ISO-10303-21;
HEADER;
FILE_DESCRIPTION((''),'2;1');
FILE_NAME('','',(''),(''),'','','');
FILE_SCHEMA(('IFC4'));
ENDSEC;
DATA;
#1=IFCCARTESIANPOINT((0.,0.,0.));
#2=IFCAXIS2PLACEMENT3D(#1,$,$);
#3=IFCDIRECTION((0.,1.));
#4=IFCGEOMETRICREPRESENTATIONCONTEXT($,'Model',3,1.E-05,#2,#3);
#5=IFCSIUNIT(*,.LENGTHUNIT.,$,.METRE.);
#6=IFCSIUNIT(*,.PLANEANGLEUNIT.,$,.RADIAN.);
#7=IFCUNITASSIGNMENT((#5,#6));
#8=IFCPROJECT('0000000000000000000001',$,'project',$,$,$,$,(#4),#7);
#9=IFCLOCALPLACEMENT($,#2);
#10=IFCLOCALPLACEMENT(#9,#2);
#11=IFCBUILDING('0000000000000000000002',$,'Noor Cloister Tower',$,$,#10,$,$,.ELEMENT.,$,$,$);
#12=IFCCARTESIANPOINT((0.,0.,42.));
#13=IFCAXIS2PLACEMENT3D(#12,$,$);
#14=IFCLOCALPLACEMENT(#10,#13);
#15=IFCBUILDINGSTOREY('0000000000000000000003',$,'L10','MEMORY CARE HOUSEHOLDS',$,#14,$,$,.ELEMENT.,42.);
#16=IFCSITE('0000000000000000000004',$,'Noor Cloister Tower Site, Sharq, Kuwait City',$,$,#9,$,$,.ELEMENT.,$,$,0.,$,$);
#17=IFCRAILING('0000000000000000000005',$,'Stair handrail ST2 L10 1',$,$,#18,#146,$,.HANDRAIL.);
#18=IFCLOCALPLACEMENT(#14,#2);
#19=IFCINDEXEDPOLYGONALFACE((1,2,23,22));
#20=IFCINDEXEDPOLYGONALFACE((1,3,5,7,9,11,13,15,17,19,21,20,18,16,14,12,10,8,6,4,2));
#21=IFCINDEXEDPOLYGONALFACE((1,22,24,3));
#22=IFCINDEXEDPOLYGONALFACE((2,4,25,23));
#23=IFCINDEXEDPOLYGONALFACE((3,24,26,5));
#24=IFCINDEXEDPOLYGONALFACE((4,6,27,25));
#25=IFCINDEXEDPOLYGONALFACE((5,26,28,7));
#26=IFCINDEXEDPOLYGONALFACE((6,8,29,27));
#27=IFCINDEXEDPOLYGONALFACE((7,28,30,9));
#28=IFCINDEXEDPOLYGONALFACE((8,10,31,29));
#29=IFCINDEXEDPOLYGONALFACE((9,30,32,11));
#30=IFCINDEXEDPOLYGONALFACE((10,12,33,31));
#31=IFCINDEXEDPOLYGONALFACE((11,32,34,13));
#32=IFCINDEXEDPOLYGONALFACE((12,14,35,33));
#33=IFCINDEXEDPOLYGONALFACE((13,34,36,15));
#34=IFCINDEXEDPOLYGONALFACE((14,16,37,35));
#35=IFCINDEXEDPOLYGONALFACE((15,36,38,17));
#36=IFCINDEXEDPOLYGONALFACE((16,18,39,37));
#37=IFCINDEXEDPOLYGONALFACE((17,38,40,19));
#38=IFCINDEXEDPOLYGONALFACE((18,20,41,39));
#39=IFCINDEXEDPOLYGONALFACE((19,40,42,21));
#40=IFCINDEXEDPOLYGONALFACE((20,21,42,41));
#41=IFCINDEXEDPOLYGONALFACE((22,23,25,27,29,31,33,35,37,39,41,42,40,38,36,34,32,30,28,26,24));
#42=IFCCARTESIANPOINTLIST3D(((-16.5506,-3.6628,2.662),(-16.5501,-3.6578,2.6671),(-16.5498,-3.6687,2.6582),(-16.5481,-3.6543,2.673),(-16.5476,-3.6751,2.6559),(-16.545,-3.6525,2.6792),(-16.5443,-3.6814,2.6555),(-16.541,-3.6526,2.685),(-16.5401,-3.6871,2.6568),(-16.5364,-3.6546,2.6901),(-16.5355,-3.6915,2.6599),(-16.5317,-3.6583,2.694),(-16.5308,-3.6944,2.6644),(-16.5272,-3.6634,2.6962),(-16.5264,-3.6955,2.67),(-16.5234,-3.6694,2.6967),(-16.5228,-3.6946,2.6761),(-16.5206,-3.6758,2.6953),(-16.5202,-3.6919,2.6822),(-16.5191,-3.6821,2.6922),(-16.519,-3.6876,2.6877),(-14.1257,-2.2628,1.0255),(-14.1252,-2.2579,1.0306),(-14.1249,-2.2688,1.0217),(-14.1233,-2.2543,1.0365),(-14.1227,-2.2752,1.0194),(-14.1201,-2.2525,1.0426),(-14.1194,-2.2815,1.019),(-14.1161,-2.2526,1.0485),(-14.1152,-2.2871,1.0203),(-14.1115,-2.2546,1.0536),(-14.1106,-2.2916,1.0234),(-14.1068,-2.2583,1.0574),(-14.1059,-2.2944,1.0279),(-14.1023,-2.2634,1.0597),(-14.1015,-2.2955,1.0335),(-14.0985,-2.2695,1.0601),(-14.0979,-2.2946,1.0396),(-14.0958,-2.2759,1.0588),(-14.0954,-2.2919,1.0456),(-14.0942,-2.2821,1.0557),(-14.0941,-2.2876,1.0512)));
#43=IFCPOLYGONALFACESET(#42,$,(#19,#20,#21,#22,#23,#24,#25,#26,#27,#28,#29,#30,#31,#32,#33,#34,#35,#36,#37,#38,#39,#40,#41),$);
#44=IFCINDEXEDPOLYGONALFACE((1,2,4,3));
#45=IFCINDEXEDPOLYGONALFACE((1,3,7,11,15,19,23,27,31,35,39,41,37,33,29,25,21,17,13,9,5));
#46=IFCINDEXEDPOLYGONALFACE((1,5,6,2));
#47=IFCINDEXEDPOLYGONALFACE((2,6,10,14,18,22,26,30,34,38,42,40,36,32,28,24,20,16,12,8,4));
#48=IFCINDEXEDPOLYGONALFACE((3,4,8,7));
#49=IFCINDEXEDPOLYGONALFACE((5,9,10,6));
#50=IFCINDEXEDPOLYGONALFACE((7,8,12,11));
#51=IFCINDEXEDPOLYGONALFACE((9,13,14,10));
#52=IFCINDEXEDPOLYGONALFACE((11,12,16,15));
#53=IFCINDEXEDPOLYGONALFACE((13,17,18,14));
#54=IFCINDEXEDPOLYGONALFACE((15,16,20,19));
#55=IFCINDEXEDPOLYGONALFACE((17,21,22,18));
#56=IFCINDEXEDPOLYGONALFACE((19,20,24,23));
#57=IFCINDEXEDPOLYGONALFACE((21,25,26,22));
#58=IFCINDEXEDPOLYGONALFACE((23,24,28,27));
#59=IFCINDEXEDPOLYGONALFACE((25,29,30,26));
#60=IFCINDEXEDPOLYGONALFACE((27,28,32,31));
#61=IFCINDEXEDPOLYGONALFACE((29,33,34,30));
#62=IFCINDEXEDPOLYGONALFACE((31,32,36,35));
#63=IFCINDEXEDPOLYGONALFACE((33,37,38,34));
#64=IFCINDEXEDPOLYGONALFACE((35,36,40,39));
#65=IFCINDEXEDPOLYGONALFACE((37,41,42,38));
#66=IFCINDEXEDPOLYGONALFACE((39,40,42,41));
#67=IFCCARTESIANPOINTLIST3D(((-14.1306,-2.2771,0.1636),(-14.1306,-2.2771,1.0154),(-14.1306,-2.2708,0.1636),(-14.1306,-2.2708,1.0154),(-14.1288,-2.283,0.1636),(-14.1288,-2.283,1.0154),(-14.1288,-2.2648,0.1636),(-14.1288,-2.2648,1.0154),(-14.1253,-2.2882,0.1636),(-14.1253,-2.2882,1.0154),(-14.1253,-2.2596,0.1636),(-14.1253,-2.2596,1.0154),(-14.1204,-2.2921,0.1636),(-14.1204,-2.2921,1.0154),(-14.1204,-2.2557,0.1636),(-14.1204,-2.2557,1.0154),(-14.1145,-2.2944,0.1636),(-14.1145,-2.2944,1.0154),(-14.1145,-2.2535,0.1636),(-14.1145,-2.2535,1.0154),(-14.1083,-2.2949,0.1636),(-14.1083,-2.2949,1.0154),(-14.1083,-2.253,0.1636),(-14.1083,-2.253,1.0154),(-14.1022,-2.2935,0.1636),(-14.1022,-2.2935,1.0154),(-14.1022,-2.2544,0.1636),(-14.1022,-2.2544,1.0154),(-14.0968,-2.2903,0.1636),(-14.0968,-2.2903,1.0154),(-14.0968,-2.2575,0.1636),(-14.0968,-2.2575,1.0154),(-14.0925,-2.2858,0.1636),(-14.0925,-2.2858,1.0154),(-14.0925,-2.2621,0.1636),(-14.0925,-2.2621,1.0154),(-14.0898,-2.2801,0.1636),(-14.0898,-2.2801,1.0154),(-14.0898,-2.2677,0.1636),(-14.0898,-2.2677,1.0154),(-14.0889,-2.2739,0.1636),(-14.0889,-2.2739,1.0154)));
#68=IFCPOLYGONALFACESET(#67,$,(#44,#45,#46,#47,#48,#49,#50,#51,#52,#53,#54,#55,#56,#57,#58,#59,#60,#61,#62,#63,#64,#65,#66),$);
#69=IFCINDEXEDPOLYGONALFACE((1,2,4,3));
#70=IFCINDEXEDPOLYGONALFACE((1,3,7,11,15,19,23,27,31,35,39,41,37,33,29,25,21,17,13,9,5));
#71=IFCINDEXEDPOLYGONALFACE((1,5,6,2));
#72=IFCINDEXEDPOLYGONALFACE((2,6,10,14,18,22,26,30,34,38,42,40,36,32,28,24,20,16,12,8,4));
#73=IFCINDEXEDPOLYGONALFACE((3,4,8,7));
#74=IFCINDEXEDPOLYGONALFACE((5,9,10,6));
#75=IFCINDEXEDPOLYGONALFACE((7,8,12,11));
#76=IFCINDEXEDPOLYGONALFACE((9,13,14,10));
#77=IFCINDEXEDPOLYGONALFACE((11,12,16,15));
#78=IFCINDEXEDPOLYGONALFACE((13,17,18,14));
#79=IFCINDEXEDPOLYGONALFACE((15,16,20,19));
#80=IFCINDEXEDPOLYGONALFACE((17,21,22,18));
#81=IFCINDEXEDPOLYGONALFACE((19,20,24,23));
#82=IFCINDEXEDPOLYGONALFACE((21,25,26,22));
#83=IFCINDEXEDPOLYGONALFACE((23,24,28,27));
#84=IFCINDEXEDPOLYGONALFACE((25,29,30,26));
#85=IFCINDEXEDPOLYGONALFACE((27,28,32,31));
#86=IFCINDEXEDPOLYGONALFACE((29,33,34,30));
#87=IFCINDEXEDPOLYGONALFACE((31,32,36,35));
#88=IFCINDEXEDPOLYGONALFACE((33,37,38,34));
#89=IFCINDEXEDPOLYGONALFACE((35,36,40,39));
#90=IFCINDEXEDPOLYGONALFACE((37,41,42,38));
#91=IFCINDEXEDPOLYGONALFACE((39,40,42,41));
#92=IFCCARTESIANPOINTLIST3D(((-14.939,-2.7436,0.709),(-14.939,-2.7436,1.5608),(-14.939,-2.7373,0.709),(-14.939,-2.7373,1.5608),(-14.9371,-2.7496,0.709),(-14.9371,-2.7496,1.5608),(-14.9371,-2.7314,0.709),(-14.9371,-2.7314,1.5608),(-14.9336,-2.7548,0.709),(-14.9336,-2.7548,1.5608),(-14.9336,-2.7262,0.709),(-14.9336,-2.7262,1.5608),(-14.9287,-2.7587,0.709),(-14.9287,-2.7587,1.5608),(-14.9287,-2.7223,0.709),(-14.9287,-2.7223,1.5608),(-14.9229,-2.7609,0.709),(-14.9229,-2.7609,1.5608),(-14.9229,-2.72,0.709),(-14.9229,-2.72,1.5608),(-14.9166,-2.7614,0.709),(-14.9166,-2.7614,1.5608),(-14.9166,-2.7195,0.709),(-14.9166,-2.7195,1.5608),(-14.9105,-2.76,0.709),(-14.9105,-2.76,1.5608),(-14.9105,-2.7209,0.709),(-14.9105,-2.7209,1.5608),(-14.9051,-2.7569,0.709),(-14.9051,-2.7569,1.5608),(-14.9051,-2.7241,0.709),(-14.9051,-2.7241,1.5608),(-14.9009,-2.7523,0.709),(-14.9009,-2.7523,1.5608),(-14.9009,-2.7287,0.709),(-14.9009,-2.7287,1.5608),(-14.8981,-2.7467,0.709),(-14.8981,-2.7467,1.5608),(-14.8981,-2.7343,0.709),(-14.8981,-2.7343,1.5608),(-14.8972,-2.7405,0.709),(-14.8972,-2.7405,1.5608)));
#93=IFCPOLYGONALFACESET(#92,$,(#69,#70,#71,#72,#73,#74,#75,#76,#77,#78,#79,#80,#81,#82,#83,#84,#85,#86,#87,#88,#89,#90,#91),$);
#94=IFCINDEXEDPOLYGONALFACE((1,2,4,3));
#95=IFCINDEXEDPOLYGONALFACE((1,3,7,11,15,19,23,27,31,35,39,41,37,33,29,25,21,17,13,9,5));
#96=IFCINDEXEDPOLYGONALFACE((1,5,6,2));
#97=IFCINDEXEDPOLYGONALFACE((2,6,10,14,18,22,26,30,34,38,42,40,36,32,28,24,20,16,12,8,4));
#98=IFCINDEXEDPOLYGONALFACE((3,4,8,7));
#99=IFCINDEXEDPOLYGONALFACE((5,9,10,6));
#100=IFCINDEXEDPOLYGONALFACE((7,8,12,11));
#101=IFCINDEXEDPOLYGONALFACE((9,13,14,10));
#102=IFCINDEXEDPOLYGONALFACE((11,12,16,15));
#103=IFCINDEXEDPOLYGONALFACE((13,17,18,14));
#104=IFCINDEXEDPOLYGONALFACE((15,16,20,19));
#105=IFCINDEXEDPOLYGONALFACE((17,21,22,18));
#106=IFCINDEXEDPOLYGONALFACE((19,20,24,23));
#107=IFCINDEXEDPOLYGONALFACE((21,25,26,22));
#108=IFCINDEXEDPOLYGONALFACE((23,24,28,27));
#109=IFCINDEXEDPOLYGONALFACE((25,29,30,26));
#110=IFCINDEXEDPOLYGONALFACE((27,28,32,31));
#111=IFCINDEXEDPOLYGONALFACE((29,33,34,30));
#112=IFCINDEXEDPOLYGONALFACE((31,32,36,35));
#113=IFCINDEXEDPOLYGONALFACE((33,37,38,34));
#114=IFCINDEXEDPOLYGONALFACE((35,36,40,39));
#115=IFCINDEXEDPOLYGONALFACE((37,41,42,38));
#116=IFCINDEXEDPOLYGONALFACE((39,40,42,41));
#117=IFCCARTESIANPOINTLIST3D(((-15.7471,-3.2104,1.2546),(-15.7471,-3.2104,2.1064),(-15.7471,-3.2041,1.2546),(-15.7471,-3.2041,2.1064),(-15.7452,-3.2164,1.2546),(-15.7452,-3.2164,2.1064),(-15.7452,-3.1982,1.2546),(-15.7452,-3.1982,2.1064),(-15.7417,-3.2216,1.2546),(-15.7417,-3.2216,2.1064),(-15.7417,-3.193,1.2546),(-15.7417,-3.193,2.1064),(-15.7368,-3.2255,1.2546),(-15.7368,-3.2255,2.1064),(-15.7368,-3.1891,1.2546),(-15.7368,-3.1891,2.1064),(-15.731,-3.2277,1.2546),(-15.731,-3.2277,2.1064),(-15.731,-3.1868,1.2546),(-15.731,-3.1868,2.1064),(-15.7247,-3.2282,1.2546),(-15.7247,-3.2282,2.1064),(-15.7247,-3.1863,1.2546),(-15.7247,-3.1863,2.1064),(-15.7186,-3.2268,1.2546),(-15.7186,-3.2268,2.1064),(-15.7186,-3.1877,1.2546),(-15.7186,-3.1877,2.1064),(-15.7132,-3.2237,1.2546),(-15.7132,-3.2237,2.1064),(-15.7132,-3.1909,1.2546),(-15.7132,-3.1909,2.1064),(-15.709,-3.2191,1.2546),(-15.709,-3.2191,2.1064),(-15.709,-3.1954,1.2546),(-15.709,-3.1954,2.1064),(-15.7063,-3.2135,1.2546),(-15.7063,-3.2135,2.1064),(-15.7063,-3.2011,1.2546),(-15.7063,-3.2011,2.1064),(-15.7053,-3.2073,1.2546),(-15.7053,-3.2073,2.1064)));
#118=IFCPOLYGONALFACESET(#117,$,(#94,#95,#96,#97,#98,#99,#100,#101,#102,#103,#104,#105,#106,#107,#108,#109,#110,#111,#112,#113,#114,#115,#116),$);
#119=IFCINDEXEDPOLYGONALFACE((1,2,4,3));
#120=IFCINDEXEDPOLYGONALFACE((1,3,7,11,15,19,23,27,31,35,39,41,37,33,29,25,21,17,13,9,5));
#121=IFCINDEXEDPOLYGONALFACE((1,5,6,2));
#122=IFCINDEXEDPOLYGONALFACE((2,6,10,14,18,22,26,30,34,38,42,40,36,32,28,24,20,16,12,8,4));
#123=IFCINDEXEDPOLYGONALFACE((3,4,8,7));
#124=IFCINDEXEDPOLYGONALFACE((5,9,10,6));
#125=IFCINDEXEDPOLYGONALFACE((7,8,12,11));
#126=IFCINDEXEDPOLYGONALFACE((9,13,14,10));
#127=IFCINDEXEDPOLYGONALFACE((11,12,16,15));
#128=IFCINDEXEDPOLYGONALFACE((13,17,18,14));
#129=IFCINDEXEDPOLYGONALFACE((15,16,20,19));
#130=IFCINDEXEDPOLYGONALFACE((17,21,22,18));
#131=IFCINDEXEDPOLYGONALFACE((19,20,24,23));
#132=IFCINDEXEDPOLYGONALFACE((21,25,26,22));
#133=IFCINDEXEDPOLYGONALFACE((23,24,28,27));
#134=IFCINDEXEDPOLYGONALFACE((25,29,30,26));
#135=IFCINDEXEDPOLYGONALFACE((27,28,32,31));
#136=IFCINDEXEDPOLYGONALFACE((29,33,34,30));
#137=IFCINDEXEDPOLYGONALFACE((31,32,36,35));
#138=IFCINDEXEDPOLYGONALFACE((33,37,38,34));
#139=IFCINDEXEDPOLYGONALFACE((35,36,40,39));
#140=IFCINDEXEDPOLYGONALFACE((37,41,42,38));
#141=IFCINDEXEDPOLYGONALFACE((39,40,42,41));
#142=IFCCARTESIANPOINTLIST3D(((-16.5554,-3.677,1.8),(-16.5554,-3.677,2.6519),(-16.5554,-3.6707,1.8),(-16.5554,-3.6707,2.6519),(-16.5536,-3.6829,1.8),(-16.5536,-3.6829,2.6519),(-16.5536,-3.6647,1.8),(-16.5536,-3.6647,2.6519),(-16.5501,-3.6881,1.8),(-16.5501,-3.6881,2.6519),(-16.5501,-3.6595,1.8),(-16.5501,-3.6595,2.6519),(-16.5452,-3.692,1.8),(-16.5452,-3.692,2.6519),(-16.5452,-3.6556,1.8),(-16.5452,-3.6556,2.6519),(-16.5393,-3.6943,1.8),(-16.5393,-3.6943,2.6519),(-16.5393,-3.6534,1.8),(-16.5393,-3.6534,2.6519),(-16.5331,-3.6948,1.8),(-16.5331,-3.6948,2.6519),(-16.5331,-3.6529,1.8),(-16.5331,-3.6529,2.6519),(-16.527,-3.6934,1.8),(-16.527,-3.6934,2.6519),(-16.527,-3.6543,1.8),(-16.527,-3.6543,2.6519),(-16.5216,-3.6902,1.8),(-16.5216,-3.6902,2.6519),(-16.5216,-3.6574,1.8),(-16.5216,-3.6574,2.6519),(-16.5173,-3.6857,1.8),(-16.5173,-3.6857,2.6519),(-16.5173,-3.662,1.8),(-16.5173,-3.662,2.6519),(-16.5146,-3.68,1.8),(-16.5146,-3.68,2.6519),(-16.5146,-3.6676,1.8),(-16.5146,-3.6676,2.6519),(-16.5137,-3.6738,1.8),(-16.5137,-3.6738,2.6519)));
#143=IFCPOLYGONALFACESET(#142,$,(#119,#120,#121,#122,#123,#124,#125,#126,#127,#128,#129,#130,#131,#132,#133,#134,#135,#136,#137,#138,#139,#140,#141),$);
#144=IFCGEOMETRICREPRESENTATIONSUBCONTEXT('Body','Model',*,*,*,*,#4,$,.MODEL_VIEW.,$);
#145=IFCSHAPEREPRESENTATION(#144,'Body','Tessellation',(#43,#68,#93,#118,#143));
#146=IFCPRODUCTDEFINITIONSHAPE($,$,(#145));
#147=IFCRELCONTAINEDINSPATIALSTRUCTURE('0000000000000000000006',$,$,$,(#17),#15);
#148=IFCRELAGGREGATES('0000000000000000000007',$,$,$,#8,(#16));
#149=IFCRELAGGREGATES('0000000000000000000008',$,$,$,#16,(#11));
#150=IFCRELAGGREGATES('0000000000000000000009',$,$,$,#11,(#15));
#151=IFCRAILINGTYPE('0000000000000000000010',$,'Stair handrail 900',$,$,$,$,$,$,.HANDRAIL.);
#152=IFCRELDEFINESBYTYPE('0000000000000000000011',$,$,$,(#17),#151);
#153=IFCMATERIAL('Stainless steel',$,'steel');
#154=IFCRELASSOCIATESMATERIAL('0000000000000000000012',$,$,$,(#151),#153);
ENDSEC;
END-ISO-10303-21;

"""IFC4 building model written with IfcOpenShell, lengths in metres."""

from ifc_helpers import new_model, si_unit, direction, frame, origin, origin_2d, place, context, subcontext, project, spatial, circle, extrude, material, type_object, element, save


model = new_model("IFC4")

# Units and contexts
model_context = context("Model", 3, precision=1e-05, world=origin(), true_north=direction((0.0, 1.0)))
body_context = subcontext(model_context, "Body", "Model", "MODEL_VIEW")
ifc_project = project(units=[si_unit("LENGTHUNIT", "METRE"), si_unit("PLANEANGLEUNIT", "RADIAN")], contexts=[model_context])

# Site, building, storey
site_placement = place(None, origin())
site = spatial("IfcSite", under=ifc_project, at=site_placement, Name="Noor Cloister Tower Site, Sharq, Kuwait City", CompositionType="ELEMENT", RefElevation=0.0)
building_placement = place(site_placement, origin())
building = spatial("IfcBuilding", under=site, at=building_placement, Name="Noor Cloister Tower", CompositionType="ELEMENT")
storey_placement = place(building_placement, frame((0.0, 0.0, 42.0)))
storey = spatial("IfcBuildingStorey", under=building, at=storey_placement, Name="L10", Description="MEMORY CARE HOUSEHOLDS", CompositionType="ELEMENT", Elevation=42.0)

# Railing
ifc_material_1 = material(Name="Stainless steel", Category="steel")
railing_type = type_object("IfcRailingType", Name="Stair handrail 900", PredefinedType="HANDRAIL", material=ifc_material_1)
railing_1_placement = place(storey_placement, frame((-14.1099, -2.2739, 0.1636)))
element("IfcRailing", 1, at=railing_1_placement, inside=storey, type_object=railing_type, Name="Stair handrail ST2 L10 1", PredefinedType="HANDRAIL", context=body_context, shape_type="SweptSolid", body=[
    extrude(circle(Radius=0.0239, at=origin_2d()), frame((0.0, 0.0, 0.876), z_axis=(-0.74769, -0.431661, 0.504608), x_axis=(0.499984, -0.866035, 0.0)), (0.0, 0.0, 1.0), 3.2432),
    extrude(circle(Radius=0.021, at=origin_2d()), origin(), (0.0, 0.0, 1.0), 0.8518),
    extrude(circle(Radius=0.021, at=origin_2d()), frame((-0.8083, -0.4666, 0.5454)), (0.0, 0.0, 1.0), 0.8518),
    extrude(circle(Radius=0.021, at=origin_2d()), frame((-1.6165, -0.9333, 1.0911)), (0.0, 0.0, 1.0), 0.8518),
    extrude(circle(Radius=0.021, at=origin_2d()), frame((-2.4248, -1.3999, 1.6365)), (0.0, 0.0, 1.0), 0.8518),
])

save(model, "model.ifc")
